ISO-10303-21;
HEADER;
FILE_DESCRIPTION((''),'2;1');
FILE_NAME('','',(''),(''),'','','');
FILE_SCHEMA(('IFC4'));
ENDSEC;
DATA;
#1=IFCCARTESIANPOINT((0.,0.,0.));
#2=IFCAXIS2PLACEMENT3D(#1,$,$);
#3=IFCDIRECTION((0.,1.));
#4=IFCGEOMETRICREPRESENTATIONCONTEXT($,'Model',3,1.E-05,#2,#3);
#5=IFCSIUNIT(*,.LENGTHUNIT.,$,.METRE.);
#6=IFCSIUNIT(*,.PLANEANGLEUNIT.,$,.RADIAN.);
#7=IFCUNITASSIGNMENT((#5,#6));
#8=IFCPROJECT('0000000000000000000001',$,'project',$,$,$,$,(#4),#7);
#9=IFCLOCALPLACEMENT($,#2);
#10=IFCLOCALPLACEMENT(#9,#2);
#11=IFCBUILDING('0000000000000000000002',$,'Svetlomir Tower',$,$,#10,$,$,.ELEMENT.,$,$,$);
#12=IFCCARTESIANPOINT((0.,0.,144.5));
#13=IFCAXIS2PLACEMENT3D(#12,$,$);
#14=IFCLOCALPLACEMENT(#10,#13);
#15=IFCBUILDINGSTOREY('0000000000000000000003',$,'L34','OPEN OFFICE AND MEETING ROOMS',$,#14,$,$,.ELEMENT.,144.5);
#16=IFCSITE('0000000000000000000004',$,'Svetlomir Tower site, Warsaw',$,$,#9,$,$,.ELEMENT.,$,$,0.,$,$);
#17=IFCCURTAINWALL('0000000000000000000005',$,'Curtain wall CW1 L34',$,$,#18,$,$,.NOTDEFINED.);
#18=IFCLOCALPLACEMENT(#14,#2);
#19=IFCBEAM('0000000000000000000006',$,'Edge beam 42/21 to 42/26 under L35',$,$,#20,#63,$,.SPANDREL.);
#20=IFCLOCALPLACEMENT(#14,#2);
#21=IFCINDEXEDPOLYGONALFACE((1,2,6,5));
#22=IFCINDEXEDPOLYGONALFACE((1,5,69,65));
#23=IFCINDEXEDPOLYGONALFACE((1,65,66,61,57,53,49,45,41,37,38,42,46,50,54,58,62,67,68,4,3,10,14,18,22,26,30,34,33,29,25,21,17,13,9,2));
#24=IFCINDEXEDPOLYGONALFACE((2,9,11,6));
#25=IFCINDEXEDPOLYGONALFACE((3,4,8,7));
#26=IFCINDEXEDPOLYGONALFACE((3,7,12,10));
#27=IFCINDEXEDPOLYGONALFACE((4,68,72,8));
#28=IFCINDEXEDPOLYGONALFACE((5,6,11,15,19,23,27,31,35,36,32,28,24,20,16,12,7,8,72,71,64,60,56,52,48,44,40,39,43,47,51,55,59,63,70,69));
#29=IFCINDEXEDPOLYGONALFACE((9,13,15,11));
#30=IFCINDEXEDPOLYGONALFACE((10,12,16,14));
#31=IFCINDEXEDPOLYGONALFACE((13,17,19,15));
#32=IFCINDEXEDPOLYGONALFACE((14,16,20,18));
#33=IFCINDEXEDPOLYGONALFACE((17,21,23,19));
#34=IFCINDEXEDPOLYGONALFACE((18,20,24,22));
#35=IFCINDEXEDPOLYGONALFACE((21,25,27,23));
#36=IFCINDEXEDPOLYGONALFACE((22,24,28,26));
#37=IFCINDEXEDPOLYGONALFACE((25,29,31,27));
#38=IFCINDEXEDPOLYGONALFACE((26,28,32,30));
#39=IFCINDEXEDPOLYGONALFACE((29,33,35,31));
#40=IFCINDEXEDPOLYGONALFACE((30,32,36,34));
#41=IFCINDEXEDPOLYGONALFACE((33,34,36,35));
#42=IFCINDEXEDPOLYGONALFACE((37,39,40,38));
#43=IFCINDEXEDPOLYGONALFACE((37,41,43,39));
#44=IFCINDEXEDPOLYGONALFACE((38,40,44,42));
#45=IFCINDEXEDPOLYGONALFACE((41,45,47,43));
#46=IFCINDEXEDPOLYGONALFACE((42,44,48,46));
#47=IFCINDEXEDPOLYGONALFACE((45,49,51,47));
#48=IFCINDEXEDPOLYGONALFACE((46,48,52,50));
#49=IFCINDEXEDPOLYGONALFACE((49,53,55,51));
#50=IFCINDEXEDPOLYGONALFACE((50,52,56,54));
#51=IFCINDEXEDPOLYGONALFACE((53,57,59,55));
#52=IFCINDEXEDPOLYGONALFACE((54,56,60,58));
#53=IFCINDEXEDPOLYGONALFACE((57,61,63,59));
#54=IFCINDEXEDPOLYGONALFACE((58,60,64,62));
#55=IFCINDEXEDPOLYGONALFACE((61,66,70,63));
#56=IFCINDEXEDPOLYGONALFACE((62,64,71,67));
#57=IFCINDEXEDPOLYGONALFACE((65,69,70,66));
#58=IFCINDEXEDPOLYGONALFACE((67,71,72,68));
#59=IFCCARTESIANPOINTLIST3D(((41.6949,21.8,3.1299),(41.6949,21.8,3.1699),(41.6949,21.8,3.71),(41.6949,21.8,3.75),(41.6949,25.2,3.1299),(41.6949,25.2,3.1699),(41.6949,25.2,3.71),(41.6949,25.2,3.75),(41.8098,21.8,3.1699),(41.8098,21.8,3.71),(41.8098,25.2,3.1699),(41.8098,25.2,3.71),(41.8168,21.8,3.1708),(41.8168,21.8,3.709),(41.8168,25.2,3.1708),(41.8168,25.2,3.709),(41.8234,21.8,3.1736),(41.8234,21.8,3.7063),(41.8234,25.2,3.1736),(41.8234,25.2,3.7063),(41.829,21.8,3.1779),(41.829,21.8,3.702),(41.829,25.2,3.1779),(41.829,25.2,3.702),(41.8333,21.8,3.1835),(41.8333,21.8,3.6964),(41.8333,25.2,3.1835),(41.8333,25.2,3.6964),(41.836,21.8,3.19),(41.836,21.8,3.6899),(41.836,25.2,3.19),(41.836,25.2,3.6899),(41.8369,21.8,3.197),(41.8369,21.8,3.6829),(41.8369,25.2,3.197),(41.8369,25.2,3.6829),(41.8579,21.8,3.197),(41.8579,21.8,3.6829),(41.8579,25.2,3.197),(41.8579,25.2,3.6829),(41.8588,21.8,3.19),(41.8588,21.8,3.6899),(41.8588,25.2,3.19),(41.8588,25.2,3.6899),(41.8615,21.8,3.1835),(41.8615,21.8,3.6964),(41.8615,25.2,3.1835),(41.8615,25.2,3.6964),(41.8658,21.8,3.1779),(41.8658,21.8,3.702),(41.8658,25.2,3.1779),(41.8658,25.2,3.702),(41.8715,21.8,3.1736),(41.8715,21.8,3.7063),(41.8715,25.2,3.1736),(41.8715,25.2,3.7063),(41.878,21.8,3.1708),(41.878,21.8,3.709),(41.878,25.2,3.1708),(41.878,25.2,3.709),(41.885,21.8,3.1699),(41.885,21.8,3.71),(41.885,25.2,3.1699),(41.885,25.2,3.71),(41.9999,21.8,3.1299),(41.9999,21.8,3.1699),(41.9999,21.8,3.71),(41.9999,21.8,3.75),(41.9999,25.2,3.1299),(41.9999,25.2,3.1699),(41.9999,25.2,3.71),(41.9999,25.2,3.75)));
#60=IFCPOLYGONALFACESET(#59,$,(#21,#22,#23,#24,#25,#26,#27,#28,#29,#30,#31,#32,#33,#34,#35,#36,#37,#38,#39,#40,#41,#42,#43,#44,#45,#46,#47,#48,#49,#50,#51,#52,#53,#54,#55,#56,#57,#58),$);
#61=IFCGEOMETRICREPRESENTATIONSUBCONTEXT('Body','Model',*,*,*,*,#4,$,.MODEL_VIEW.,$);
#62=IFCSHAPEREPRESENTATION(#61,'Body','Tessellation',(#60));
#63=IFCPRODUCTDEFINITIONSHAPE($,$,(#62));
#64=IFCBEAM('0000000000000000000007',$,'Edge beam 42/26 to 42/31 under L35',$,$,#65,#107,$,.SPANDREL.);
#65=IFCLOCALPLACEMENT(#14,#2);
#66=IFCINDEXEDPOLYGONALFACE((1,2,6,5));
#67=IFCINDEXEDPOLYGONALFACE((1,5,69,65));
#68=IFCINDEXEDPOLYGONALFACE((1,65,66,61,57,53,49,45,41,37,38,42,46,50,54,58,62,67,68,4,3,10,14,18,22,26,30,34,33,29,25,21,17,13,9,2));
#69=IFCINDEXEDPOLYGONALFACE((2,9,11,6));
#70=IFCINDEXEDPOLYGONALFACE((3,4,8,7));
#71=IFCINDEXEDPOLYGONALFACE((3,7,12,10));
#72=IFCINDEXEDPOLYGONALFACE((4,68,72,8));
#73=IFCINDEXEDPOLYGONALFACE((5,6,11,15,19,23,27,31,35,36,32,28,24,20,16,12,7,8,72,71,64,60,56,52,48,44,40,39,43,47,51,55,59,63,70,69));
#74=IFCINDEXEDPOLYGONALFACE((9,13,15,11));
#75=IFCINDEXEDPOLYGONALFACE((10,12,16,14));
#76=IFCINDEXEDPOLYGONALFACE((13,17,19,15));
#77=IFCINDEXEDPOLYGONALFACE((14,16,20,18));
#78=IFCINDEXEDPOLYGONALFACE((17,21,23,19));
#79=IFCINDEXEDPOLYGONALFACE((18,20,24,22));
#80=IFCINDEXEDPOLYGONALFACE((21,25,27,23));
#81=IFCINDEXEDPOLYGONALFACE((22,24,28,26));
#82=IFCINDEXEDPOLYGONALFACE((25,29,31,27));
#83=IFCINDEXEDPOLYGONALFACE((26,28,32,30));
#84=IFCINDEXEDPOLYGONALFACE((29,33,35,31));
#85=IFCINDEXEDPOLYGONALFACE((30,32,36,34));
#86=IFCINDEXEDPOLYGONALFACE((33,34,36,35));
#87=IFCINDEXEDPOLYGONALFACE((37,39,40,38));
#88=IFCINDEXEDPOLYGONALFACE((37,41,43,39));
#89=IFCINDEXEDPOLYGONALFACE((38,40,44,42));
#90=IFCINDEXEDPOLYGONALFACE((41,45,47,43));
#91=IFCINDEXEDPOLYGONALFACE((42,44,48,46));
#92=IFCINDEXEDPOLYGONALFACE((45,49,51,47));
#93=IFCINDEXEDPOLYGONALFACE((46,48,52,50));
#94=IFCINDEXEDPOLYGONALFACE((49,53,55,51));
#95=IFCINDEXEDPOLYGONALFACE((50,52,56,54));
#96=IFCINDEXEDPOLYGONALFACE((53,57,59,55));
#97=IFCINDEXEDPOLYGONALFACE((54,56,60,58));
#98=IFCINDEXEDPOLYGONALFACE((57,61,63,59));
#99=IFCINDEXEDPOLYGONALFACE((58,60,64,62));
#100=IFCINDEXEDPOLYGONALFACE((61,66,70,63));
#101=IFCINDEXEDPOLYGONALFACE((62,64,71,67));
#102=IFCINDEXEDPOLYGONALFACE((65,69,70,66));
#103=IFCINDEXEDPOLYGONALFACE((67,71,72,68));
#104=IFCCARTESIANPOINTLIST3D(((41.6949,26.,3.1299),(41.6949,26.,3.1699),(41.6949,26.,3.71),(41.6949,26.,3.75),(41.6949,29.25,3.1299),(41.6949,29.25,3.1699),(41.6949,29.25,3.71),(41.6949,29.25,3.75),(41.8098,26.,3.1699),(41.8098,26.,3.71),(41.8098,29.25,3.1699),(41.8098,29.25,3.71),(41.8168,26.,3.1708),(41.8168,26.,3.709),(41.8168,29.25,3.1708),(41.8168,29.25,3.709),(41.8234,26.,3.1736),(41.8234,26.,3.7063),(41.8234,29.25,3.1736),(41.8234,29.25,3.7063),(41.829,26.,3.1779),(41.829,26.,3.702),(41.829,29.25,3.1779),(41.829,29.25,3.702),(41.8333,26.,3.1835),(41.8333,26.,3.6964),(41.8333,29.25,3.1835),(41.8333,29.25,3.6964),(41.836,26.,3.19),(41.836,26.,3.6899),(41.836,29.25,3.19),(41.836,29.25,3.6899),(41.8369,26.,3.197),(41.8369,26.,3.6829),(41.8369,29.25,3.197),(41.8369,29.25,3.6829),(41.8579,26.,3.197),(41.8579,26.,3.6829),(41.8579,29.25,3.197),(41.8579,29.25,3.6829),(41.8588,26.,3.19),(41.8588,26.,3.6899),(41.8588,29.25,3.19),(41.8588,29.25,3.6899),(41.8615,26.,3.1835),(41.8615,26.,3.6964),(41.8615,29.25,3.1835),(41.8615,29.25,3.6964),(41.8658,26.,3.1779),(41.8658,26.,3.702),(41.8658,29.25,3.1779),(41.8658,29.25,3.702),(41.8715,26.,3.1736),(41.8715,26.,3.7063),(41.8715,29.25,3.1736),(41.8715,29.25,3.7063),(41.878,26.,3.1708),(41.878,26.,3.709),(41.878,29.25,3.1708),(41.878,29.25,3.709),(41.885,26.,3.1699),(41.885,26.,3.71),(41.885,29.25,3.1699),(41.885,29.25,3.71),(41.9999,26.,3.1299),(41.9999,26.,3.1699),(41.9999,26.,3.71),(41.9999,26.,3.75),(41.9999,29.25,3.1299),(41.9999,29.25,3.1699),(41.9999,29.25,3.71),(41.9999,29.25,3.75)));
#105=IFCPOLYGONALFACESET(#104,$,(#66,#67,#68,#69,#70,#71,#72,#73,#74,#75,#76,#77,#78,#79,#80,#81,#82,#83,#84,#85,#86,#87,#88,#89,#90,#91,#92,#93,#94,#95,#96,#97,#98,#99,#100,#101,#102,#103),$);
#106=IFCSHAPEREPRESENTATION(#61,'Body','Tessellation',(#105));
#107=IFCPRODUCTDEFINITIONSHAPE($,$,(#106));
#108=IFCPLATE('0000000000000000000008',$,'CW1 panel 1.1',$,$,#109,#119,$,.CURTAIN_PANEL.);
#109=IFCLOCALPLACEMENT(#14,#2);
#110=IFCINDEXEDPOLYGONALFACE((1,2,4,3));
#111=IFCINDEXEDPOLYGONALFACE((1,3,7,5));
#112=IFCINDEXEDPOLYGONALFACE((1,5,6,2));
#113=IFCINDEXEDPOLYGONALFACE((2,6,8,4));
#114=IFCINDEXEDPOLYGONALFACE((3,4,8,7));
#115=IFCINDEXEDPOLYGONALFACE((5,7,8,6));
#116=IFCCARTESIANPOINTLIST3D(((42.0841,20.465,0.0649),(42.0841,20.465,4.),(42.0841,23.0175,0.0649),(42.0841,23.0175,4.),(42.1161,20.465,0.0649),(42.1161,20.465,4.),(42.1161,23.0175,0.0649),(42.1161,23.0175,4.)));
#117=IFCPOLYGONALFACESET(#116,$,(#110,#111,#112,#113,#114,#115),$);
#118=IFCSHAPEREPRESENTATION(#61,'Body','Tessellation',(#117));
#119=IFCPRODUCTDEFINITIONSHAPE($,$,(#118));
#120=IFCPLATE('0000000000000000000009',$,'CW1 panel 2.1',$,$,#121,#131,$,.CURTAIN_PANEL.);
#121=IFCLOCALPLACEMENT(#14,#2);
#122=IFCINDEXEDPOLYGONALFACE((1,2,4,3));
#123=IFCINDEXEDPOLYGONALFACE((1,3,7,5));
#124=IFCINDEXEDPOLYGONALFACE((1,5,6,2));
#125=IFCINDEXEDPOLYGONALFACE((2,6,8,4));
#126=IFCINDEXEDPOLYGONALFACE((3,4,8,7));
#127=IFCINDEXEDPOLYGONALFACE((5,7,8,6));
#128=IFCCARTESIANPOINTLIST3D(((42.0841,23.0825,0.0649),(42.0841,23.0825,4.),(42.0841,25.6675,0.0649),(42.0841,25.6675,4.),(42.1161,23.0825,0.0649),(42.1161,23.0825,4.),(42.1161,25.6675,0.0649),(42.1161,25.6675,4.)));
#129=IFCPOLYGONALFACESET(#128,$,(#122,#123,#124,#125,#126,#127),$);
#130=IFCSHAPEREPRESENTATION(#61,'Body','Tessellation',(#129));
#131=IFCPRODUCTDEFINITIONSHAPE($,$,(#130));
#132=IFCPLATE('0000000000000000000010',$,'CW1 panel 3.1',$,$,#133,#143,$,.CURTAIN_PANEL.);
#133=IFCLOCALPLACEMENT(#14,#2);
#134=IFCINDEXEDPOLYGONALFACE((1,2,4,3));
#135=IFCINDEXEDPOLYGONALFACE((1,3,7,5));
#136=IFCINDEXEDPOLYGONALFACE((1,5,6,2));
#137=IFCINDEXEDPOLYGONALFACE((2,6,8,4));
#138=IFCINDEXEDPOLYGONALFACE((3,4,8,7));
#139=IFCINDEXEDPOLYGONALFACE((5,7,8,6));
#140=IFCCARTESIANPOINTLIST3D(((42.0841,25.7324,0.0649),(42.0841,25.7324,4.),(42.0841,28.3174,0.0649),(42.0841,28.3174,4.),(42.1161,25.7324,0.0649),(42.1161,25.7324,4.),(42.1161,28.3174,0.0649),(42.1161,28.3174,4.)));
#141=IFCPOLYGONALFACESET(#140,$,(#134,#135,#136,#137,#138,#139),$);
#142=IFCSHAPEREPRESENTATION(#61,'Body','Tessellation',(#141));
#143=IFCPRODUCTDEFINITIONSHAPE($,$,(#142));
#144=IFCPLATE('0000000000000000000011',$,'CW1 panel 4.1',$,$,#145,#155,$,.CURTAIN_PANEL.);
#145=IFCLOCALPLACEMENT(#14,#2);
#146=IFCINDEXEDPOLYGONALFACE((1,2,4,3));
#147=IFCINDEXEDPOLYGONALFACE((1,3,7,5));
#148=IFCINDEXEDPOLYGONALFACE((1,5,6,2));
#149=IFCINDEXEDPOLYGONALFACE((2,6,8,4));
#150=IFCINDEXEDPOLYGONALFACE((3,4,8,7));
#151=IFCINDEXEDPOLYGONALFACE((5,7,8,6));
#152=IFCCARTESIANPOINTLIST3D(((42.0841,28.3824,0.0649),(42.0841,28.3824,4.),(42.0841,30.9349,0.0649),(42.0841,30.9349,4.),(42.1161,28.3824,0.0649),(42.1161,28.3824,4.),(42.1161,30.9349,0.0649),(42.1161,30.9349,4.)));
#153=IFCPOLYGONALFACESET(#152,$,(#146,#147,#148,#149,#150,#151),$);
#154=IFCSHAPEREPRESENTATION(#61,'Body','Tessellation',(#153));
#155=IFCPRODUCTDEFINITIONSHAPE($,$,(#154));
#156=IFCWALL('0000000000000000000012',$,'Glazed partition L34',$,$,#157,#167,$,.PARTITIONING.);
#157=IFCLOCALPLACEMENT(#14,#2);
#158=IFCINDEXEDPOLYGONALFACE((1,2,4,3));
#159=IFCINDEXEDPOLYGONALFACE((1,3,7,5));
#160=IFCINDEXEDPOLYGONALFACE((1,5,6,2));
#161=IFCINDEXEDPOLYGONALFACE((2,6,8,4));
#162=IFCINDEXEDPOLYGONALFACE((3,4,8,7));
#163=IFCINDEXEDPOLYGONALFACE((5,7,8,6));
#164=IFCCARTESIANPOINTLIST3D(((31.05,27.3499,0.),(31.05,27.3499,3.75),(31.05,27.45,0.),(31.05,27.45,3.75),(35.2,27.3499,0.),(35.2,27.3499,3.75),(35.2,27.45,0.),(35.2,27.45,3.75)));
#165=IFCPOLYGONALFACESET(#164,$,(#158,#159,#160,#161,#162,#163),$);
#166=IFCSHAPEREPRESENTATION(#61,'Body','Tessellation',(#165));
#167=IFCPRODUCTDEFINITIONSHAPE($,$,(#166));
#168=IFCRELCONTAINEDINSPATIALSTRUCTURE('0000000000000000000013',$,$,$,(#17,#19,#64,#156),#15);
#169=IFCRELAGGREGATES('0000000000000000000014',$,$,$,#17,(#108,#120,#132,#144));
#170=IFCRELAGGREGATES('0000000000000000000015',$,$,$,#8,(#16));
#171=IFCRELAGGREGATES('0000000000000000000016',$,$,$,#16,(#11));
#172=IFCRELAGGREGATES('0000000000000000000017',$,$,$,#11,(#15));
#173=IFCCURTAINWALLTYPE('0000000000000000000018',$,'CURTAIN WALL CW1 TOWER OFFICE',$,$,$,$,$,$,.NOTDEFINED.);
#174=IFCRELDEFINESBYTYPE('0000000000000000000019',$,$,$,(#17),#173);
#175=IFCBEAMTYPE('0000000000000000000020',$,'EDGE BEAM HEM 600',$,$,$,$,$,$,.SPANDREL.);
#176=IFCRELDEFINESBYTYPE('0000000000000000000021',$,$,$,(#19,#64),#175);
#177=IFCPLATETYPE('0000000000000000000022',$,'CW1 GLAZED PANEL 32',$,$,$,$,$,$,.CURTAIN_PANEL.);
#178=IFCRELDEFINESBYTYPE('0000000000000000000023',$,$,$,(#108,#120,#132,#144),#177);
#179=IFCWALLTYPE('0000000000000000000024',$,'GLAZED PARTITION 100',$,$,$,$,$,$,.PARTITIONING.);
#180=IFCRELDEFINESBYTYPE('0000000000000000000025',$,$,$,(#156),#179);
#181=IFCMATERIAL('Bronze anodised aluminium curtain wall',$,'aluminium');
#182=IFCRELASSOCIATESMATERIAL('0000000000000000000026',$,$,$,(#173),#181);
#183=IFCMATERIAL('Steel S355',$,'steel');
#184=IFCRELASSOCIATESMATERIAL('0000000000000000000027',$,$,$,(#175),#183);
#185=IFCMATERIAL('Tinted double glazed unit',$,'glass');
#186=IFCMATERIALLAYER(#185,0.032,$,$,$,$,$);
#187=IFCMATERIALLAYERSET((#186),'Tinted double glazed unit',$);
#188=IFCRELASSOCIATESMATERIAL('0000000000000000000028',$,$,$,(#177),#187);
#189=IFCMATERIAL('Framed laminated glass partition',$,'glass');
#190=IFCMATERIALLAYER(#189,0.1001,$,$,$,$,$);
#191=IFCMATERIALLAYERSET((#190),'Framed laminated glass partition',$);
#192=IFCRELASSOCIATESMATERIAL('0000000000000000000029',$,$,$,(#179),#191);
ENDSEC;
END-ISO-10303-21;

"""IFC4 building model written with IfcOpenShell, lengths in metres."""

from ifc_helpers import new_model, si_unit, direction, frame, frame_2d, origin, origin_2d, place, context, subcontext, project, spatial, rectangle, i_section, extrude, material, layer, layer_set, material_profile, profile_set, type_object, element, aggregate, save


model = new_model("IFC4")

# Units and contexts
model_context = context("Model", 3, precision=1e-05, world=origin(), true_north=direction((0.0, 1.0)))
body_context = subcontext(model_context, "Body", "Model", "MODEL_VIEW")
ifc_project = project(units=[si_unit("LENGTHUNIT", "METRE"), si_unit("PLANEANGLEUNIT", "RADIAN")], contexts=[model_context])

# Site, building, storey
site_placement = place(None, origin())
site = spatial("IfcSite", under=ifc_project, at=site_placement, Name="Svetlomir Tower site, Warsaw", CompositionType="ELEMENT", RefElevation=0.0)
building_placement = place(site_placement, origin())
building = spatial("IfcBuilding", under=site, at=building_placement, Name="Svetlomir Tower", CompositionType="ELEMENT")
storey_placement = place(building_placement, frame((0.0, 0.0, 144.5)))
storey = spatial("IfcBuildingStorey", under=building, at=storey_placement, Name="L34", Description="OPEN OFFICE AND MEETING ROOMS", CompositionType="ELEMENT", Elevation=144.5)

# Curtain wall
ifc_material_1 = material(Name="Bronze anodised aluminium curtain wall", Category="aluminium")
curtain_wall_type = type_object("IfcCurtainWallType", Name="CURTAIN WALL CW1 TOWER OFFICE", PredefinedType="NOTDEFINED", material=ifc_material_1)
curtain_wall_placement = place(storey_placement, origin())
curtain_wall = element("IfcCurtainWall", 1, at=curtain_wall_placement, inside=storey, type_object=curtain_wall_type, Name="Curtain wall CW1 L34", PredefinedType="NOTDEFINED")

# Beams
ifc_material_2 = material(Name="Steel S355", Category="steel")
ifc_material_profile_1 = material_profile(ifc_material_2, i_section(OverallWidth=0.3049, OverallDepth=0.6201, WebThickness=0.021, FlangeThickness=0.04, FilletRadius=0.0271, at=origin_2d()), Name="HEM 600")
ifc_profile_set_1 = profile_set([ifc_material_profile_1], Name="Steel S355")
beam_type_1 = type_object("IfcBeamType", Name="EDGE BEAM HEM 600", PredefinedType="SPANDREL", material=ifc_profile_set_1)
beam_1_placement = place(storey_placement, frame((41.8474, 21.8, 3.4399), z_axis=(0.0, 1.0, 0.0), x_axis=(-1.0, 0.0, 0.0)))
element("IfcBeam", 2, at=beam_1_placement, inside=storey, type_object=beam_type_1, Name="Edge beam 42/21 to 42/26 under L35", PredefinedType="SPANDREL", context=body_context, shape_type="SweptSolid", body=[
    extrude(i_section(OverallWidth=0.3049, OverallDepth=0.6201, WebThickness=0.021, FlangeThickness=0.04, FilletRadius=0.0271, at=origin_2d()), origin(), (0.0, 0.0, 1.0), 3.3999),
])
beam_2_placement = place(storey_placement, frame((41.8474, 26.0, 3.4399), z_axis=(0.0, 1.0, 0.0), x_axis=(-1.0, 0.0, 0.0)))
element("IfcBeam", 3, at=beam_2_placement, inside=storey, type_object=beam_type_1, Name="Edge beam 42/26 to 42/31 under L35", PredefinedType="SPANDREL", context=body_context, shape_type="SweptSolid", body=[
    extrude(i_section(OverallWidth=0.3049, OverallDepth=0.6201, WebThickness=0.021, FlangeThickness=0.04, FilletRadius=0.0271, at=origin_2d()), origin(), (0.0, 0.0, 1.0), 3.25),
])

# Plates
ifc_material_3 = material(Name="Tinted double glazed unit", Category="glass")
ifc_layer_1 = layer(ifc_material_3, 0.032)
ifc_layer_set_1 = layer_set([ifc_layer_1], Name="Tinted double glazed unit")
plate_type = type_object("IfcPlateType", Name="CW1 GLAZED PANEL 32", PredefinedType="CURTAIN_PANEL", material=ifc_layer_set_1)
plate_1_placement = place(storey_placement, frame((42.1001, 21.7412, 0.0649), z_axis=(0.0, 0.0, 1.0), x_axis=(0.0, 1.0, 0.0)))
plate_1 = element("IfcPlate", 4, at=plate_1_placement, type_object=plate_type, Name="CW1 panel 1.1", PredefinedType="CURTAIN_PANEL", context=body_context, shape_type="SweptSolid", body=[
    extrude(rectangle(XDim=2.5525, YDim=0.032, at=origin_2d()), origin(), (0.0, 0.0, 1.0), 3.9351),
])
plate_2_placement = place(storey_placement, frame((42.1001, 24.375, 0.0649), z_axis=(0.0, 0.0, 1.0), x_axis=(0.0, 1.0, 0.0)))
plate_2 = element("IfcPlate", 5, at=plate_2_placement, type_object=plate_type, Name="CW1 panel 2.1", PredefinedType="CURTAIN_PANEL", context=body_context, shape_type="SweptSolid", body=[
    extrude(rectangle(XDim=2.585, YDim=0.032, at=origin_2d()), origin(), (0.0, 0.0, 1.0), 3.9351),
])
plate_3_placement = place(storey_placement, frame((42.1001, 27.0249, 0.0649), z_axis=(0.0, 0.0, 1.0), x_axis=(0.0, 1.0, 0.0)))
plate_3 = element("IfcPlate", 6, at=plate_3_placement, type_object=plate_type, Name="CW1 panel 3.1", PredefinedType="CURTAIN_PANEL", context=body_context, shape_type="SweptSolid", body=[
    extrude(rectangle(XDim=2.585, YDim=0.032, at=origin_2d()), origin(), (0.0, 0.0, 1.0), 3.9351),
])
plate_4_placement = place(storey_placement, frame((42.1001, 29.6587, 0.0649), z_axis=(0.0, 0.0, 1.0), x_axis=(0.0, 1.0, 0.0)))
plate_4 = element("IfcPlate", 7, at=plate_4_placement, type_object=plate_type, Name="CW1 panel 4.1", PredefinedType="CURTAIN_PANEL", context=body_context, shape_type="SweptSolid", body=[
    extrude(rectangle(XDim=2.5525, YDim=0.032, at=origin_2d()), origin(), (0.0, 0.0, 1.0), 3.9351),
])
aggregate(curtain_wall, [plate_1, plate_2, plate_3, plate_4])

# Wall
ifc_material_4 = material(Name="Framed laminated glass partition", Category="glass")
ifc_layer_2 = layer(ifc_material_4, 0.1001)
ifc_layer_set_2 = layer_set([ifc_layer_2], Name="Framed laminated glass partition")
wall_type_1 = type_object("IfcWallType", Name="GLAZED PARTITION 100", PredefinedType="PARTITIONING", material=ifc_layer_set_2)
wall_1_placement = place(storey_placement, frame((31.05, 27.3999, 0.0), z_axis=(0.0, 0.0, 1.0), x_axis=(1.0, 0.0, 0.0)))
element("IfcWall", 8, at=wall_1_placement, inside=storey, type_object=wall_type_1, Name="Glazed partition L34", PredefinedType="PARTITIONING", context=body_context, shape_type="SweptSolid", body=[
    extrude(rectangle(XDim=4.1499, YDim=0.1001, at=frame_2d((2.075, 0.0))), origin(), (0.0, 0.0, 1.0), 3.75),
])

save(model, "model.ifc")
